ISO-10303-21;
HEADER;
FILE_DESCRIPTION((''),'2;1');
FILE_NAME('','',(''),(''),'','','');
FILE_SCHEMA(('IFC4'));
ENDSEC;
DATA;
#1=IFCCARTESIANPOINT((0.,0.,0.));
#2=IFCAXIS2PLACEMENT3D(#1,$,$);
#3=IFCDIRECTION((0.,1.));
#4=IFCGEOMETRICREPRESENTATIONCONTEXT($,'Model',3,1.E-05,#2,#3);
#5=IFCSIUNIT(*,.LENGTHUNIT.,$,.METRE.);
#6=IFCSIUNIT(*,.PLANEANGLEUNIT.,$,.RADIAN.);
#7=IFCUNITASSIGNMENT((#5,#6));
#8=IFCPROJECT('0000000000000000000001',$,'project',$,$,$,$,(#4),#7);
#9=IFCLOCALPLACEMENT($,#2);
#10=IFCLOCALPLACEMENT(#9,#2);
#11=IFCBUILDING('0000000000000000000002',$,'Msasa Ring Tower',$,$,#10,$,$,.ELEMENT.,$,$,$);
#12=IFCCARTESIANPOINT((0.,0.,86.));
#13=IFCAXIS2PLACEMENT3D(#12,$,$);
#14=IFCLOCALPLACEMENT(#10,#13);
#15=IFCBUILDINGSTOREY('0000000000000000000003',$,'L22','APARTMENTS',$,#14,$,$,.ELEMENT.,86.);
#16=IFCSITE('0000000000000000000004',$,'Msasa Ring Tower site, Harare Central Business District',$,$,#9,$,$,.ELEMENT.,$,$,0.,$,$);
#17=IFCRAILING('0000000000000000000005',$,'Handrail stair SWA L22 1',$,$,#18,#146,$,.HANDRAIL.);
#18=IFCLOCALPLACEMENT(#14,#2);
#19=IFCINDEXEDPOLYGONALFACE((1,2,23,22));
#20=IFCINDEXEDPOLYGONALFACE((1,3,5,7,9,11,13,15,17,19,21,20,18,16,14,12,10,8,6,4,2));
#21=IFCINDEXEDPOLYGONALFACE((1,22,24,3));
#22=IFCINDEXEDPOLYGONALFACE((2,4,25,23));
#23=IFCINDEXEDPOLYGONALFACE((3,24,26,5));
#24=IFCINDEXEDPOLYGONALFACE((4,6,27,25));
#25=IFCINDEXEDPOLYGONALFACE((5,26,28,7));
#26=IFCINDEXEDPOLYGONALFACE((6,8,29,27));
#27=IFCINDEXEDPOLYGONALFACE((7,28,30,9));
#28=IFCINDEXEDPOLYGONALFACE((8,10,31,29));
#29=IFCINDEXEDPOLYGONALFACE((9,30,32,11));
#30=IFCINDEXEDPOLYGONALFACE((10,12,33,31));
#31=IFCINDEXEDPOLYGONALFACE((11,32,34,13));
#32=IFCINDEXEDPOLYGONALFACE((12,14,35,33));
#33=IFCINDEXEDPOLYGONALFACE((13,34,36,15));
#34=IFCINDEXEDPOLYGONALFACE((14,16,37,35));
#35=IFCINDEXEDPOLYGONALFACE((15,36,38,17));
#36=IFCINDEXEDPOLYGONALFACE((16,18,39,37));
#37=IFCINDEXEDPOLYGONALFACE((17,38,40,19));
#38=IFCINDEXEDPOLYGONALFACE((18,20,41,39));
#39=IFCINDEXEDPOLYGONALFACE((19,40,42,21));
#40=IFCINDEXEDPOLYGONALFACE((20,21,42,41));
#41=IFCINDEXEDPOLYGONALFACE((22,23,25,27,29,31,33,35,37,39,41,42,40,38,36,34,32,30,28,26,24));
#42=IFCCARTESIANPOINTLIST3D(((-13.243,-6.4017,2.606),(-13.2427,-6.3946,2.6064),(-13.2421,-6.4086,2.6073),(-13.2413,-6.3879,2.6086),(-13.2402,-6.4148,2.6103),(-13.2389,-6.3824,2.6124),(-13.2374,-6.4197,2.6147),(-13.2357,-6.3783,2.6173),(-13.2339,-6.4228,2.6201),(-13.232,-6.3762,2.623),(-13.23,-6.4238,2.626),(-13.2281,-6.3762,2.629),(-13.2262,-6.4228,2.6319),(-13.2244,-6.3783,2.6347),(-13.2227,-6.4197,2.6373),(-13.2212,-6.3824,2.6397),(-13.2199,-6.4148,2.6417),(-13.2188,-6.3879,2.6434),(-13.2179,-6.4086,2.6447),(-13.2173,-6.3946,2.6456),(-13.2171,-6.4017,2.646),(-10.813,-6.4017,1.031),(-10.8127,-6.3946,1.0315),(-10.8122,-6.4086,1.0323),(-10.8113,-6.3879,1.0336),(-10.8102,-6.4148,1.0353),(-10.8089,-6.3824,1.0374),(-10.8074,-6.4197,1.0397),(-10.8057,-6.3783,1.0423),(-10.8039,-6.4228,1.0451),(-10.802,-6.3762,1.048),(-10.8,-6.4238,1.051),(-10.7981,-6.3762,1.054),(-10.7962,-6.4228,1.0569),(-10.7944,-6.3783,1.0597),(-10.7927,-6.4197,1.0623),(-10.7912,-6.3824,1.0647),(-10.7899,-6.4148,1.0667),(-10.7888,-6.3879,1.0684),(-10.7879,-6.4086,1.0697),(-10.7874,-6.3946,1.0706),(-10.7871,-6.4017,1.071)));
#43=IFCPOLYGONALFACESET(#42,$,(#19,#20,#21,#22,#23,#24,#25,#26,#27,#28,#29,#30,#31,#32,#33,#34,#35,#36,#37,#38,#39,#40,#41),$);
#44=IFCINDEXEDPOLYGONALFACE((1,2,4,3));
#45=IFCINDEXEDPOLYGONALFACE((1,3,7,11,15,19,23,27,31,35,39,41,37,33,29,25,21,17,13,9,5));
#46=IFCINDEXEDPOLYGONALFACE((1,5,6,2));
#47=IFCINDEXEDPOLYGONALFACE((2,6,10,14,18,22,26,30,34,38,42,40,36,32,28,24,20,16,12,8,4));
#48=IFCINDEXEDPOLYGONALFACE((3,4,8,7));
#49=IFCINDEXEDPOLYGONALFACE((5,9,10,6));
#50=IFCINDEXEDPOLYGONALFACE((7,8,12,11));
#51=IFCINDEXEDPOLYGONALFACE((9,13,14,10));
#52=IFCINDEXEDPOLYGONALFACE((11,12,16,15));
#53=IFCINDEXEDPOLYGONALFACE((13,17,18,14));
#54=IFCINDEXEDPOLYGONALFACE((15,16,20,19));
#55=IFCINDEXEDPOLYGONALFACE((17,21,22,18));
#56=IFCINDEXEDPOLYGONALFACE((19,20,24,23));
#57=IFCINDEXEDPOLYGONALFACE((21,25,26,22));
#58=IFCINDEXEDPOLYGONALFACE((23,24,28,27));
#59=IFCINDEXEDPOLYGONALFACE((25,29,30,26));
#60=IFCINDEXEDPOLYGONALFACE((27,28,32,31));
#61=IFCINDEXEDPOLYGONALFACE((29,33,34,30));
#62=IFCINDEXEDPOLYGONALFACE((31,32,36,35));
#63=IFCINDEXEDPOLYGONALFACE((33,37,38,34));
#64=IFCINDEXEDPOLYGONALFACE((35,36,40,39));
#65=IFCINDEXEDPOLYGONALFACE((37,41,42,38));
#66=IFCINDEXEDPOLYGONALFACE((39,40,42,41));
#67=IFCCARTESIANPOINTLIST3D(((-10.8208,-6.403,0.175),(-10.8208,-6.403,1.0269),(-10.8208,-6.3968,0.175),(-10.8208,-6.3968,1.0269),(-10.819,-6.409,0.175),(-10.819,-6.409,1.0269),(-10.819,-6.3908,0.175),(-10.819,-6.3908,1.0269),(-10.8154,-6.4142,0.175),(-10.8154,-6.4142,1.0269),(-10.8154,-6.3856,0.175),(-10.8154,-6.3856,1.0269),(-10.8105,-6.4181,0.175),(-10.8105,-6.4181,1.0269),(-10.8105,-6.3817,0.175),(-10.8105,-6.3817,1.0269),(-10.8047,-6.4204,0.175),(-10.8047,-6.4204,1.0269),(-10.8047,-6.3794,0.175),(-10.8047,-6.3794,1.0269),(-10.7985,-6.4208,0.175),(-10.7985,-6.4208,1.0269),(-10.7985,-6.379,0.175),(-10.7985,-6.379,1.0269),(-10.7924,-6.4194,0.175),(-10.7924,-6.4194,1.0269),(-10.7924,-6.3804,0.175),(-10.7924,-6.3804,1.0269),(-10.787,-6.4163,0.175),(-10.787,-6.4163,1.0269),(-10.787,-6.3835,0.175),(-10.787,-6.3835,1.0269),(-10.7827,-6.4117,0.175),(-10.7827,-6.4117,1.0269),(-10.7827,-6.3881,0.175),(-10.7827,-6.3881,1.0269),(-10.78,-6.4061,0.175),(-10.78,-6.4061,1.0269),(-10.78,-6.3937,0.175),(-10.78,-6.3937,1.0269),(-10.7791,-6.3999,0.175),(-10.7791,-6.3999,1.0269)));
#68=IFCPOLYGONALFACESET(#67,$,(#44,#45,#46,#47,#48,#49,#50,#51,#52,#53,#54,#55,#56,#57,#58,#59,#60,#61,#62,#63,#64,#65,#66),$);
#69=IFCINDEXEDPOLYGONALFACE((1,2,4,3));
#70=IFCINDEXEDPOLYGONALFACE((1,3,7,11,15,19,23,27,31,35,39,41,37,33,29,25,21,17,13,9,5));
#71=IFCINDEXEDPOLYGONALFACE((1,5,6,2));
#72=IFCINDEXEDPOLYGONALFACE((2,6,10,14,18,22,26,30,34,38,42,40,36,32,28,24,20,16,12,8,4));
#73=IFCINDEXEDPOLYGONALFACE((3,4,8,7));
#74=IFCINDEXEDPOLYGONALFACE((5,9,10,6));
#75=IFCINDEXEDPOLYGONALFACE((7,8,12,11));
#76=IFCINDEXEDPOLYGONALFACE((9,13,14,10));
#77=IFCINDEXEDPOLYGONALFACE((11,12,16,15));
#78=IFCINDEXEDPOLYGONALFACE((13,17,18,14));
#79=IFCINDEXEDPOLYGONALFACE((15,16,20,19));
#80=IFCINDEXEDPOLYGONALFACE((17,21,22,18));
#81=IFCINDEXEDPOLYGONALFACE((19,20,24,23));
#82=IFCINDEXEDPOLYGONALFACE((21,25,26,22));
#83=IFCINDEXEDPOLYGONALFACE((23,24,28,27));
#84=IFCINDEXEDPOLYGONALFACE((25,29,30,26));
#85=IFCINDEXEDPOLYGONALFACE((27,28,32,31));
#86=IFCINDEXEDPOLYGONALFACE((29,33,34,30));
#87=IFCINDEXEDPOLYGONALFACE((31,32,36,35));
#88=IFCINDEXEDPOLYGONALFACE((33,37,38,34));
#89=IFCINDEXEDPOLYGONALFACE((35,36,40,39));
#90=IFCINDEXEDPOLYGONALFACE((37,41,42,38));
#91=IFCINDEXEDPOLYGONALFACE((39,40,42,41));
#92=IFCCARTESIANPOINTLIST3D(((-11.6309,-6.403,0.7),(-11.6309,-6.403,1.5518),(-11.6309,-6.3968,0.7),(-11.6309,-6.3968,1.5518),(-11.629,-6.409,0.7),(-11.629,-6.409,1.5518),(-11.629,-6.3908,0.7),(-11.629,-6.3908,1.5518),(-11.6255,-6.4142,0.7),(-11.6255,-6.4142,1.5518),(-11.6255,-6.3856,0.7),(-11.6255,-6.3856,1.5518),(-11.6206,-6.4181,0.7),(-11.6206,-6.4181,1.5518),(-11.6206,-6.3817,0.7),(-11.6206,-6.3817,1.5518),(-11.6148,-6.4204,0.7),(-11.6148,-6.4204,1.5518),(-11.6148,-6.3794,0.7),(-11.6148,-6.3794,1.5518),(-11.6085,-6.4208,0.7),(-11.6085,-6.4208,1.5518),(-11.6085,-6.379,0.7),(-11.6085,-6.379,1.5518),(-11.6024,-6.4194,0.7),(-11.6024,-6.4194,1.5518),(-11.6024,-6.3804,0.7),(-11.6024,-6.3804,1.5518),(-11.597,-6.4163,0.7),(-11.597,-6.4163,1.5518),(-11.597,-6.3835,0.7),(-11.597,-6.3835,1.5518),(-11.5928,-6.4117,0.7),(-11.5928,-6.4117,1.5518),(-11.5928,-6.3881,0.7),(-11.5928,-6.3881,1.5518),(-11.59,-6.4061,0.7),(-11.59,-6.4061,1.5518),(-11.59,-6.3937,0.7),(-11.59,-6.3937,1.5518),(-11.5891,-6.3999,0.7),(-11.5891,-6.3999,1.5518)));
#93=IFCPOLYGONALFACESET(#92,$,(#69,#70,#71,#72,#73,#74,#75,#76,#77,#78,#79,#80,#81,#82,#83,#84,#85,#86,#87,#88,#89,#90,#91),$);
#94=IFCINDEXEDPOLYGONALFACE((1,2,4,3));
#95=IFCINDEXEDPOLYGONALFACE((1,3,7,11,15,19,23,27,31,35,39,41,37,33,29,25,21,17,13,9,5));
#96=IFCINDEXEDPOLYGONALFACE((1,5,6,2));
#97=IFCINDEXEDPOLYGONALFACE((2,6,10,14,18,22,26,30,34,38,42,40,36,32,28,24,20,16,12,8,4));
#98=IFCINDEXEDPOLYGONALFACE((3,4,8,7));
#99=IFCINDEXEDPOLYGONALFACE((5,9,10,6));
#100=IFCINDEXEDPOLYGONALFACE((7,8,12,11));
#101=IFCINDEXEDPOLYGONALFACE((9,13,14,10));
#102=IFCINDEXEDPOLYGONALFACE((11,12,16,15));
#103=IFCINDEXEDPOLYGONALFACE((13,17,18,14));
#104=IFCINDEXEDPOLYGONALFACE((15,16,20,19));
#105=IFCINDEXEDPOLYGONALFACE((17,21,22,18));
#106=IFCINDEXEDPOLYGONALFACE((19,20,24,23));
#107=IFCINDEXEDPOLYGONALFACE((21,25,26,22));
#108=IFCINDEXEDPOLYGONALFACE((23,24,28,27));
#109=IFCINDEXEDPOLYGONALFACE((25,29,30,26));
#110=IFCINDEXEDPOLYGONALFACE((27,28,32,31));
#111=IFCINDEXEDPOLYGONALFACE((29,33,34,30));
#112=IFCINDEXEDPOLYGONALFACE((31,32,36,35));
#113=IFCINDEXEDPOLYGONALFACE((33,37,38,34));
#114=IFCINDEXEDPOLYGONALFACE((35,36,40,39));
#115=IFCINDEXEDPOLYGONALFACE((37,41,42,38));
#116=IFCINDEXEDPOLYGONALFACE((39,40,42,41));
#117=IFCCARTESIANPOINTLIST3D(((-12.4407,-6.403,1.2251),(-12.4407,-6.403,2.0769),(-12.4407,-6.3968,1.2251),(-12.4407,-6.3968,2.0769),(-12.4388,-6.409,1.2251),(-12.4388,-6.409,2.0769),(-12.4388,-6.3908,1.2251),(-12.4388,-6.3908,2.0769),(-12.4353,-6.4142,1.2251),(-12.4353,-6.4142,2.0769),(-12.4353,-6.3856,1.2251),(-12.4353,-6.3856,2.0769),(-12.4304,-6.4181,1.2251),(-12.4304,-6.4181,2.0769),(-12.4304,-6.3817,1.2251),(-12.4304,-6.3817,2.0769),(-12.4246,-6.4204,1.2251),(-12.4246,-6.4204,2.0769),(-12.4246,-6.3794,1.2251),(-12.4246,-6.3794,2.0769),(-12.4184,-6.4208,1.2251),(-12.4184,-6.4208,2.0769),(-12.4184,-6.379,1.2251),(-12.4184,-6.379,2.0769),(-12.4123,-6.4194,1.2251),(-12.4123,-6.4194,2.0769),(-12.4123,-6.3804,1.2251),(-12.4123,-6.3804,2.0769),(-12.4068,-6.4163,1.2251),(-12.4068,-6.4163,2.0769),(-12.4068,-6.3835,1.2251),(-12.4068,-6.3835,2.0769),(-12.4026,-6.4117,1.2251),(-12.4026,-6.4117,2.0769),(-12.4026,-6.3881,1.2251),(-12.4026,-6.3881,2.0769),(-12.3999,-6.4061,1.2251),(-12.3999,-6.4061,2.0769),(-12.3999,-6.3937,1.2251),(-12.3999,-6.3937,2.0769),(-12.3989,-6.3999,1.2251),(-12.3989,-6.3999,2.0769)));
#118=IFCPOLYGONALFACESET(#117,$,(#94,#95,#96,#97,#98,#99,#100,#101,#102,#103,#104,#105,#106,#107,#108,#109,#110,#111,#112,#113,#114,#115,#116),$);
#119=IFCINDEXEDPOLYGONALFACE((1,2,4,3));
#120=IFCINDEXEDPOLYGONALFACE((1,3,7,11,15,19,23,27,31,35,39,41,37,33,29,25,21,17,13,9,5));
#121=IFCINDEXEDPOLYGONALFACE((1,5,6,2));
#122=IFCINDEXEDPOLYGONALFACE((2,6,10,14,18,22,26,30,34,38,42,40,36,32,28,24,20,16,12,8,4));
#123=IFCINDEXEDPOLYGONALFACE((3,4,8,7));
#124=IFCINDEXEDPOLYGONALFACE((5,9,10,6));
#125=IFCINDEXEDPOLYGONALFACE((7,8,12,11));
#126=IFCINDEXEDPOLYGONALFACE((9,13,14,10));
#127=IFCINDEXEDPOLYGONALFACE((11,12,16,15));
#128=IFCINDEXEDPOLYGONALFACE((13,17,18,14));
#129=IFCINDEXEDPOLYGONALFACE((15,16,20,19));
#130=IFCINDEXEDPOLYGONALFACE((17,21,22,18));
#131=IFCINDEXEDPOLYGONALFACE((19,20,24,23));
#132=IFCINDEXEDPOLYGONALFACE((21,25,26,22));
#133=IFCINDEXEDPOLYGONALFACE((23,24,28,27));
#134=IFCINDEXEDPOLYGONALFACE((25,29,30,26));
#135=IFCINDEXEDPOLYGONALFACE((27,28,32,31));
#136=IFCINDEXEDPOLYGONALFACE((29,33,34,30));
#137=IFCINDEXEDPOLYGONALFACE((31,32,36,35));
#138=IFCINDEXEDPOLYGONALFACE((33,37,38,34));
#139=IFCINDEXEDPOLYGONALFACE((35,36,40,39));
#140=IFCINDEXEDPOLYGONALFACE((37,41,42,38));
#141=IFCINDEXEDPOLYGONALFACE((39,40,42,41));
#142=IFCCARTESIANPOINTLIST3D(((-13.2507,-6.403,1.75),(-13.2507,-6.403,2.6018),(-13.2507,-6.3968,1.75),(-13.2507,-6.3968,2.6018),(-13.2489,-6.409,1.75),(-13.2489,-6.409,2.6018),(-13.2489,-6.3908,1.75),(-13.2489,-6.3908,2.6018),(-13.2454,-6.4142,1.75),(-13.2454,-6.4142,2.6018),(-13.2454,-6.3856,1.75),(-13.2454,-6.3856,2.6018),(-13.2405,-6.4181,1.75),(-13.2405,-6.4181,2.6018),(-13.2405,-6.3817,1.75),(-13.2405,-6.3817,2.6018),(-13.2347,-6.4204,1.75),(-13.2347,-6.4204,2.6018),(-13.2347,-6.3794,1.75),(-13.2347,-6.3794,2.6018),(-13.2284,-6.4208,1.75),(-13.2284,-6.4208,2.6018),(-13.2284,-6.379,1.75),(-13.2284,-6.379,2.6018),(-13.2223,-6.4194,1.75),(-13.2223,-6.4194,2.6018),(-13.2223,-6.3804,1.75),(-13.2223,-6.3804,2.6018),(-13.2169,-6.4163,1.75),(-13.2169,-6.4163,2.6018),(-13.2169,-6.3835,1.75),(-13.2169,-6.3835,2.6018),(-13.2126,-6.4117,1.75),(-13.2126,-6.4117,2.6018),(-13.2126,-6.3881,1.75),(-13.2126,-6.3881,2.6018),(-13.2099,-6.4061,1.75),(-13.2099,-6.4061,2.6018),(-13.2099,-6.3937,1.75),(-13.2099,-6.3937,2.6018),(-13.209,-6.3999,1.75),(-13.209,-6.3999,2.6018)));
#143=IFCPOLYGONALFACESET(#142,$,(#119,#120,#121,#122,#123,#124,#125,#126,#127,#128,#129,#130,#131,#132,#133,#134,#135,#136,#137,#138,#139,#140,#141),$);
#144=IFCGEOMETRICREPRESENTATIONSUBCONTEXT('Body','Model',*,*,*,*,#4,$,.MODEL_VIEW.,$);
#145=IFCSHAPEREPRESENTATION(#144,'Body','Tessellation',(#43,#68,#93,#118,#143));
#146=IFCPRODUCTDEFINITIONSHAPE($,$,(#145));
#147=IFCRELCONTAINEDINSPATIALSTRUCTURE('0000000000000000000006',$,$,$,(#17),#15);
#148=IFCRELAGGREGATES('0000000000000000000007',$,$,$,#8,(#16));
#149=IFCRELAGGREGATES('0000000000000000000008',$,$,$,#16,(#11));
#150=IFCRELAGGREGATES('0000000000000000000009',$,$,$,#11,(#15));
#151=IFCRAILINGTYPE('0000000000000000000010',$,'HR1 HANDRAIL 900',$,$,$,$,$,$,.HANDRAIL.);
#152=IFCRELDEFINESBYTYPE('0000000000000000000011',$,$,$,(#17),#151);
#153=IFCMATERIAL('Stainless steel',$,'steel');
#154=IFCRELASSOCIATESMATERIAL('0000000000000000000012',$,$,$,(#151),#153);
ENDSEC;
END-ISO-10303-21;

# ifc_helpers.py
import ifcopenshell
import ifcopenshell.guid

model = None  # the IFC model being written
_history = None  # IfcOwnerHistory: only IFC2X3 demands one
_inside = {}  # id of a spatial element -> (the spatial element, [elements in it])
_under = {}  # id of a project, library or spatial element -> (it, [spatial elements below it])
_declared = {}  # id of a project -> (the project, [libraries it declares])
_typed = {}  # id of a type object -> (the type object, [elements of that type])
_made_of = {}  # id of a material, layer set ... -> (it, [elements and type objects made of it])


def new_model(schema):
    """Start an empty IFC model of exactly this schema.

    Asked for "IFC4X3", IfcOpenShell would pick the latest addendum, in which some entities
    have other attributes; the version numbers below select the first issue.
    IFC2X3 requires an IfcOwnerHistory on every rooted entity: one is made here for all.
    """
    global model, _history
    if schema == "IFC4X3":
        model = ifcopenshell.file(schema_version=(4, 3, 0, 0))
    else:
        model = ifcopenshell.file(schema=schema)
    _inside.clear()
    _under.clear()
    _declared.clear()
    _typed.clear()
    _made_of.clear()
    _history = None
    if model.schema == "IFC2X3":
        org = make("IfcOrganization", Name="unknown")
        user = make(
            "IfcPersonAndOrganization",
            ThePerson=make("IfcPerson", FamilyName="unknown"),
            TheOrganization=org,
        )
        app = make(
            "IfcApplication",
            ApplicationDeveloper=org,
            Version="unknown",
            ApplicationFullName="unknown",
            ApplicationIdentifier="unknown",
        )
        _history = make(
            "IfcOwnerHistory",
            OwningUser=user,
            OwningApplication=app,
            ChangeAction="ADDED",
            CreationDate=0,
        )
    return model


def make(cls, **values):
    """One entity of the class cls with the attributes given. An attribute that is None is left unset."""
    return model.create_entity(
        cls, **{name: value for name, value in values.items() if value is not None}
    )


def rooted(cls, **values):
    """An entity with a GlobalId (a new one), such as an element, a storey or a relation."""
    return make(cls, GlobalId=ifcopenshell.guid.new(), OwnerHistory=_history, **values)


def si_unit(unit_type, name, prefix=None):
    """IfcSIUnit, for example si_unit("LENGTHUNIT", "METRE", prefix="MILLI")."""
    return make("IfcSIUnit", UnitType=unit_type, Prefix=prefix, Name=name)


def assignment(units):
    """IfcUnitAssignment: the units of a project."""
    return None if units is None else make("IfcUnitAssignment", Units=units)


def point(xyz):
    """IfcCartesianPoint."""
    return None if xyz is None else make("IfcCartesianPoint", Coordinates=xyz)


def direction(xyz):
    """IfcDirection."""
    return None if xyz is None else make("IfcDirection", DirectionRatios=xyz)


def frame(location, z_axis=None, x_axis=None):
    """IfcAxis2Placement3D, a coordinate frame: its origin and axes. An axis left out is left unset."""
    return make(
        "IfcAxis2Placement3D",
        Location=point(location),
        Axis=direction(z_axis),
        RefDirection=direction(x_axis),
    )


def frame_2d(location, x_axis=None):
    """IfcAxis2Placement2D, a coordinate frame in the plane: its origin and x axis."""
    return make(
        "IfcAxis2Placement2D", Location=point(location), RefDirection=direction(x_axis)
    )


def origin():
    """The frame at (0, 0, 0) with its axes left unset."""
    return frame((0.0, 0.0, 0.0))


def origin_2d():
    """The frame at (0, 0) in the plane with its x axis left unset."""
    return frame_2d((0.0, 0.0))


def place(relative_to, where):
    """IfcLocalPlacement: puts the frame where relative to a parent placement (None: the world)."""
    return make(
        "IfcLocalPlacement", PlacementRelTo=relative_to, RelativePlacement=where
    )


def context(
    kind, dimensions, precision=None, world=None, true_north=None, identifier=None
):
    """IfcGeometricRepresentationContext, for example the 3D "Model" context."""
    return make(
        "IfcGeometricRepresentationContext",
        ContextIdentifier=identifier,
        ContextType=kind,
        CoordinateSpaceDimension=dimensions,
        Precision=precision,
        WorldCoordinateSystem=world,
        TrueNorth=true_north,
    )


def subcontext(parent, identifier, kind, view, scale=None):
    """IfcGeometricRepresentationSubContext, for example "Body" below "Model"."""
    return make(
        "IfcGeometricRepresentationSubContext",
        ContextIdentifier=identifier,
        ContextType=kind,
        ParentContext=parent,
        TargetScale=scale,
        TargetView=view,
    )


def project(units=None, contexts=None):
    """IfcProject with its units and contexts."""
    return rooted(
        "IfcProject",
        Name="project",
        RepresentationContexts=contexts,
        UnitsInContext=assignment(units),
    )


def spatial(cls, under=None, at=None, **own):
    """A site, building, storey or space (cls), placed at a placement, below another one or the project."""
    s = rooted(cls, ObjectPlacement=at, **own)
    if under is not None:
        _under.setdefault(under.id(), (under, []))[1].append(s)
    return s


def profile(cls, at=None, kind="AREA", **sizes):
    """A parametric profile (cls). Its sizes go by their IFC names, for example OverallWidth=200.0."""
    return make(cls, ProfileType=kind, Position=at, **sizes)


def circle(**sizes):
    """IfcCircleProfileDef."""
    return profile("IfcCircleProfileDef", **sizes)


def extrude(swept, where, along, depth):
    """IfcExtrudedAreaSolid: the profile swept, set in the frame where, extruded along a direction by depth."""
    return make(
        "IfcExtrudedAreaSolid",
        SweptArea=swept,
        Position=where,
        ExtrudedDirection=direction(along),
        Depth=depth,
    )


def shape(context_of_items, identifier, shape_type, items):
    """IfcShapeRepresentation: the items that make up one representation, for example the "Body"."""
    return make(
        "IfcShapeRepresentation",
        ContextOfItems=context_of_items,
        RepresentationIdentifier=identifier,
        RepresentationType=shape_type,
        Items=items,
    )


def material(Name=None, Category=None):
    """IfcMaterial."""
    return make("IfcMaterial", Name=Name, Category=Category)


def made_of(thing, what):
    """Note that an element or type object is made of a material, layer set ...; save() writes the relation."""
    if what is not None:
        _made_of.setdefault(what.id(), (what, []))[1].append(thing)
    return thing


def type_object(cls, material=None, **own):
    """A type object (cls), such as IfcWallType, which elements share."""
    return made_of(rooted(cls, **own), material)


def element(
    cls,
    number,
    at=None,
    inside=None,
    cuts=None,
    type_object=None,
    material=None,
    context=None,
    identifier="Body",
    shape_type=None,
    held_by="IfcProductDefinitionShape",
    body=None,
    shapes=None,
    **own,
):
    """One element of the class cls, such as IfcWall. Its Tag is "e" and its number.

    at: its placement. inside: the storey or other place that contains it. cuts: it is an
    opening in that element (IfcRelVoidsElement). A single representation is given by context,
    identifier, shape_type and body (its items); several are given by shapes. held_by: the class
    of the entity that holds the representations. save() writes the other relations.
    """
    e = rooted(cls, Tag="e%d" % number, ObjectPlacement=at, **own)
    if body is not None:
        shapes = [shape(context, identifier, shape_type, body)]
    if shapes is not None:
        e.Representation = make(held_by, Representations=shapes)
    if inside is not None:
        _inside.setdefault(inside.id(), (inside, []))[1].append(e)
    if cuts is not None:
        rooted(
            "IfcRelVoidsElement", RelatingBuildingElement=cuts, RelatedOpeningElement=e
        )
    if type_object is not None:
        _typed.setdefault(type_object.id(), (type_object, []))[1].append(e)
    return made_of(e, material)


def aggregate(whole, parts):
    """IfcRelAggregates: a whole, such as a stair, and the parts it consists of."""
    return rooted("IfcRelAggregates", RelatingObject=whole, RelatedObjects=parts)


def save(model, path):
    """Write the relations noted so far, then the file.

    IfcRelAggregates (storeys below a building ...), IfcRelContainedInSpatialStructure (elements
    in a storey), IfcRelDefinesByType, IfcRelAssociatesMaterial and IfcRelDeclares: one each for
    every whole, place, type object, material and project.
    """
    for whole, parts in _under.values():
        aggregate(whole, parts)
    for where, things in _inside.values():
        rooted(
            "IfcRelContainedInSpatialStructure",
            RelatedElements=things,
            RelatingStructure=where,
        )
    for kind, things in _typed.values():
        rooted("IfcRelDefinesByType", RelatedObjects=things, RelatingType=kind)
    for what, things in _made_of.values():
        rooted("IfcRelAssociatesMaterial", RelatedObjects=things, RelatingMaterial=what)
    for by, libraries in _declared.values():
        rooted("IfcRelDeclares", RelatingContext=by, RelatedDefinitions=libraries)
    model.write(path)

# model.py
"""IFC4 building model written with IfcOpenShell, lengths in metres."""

from ifc_helpers import new_model, si_unit, direction, frame, origin, origin_2d, place, context, subcontext, project, spatial, circle, extrude, material, type_object, element, save


model = new_model("IFC4")

# Units and contexts
model_context = context("Model", 3, precision=1e-05, world=origin(), true_north=direction((0.0, 1.0)))
body_context = subcontext(model_context, "Body", "Model", "MODEL_VIEW")
ifc_project = project(units=[si_unit("LENGTHUNIT", "METRE"), si_unit("PLANEANGLEUNIT", "RADIAN")], contexts=[model_context])

# Site, building, storey
site_placement = place(None, origin())
site = spatial("IfcSite", under=ifc_project, at=site_placement, Name="Msasa Ring Tower site, Harare Central Business District", CompositionType="ELEMENT", RefElevation=0.0)
building_placement = place(site_placement, origin())
building = spatial("IfcBuilding", under=site, at=building_placement, Name="Msasa Ring Tower", CompositionType="ELEMENT")
storey_placement = place(building_placement, frame((0.0, 0.0, 86.0)))
storey = spatial("IfcBuildingStorey", under=building, at=storey_placement, Name="L22", Description="APARTMENTS", CompositionType="ELEMENT", Elevation=86.0)

# Railing
ifc_material_1 = material(Name="Stainless steel", Category="steel")
railing_type = type_object("IfcRailingType", Name="HR1 HANDRAIL 900", PredefinedType="HANDRAIL", material=ifc_material_1)
for number, where, name in (
    (1, (-10.8, -6.3999, 0.175), "Handrail stair SWA L22 1"),
):
    element("IfcRailing", number, at=place(storey_placement, frame(where)), inside=storey, type_object=railing_type, Name=name, PredefinedType="HANDRAIL", context=body_context, shape_type="SweptSolid", body=[
        extrude(circle(Radius=0.0239, at=origin_2d()), frame((0.0, 0.0, 0.876), z_axis=(-0.839154, 0.0, 0.543894), x_axis=(0.0, -1.0, 0.0)), (0.0, 0.0, 1.0), 2.8958),
        extrude(circle(Radius=0.021, at=origin_2d()), origin(), (0.0, 0.0, 1.0), 0.8518),
        extrude(circle(Radius=0.021, at=origin_2d()), frame((-0.8101, 0.0, 0.5249)), (0.0, 0.0, 1.0), 0.8518),
        extrude(circle(Radius=0.021, at=origin_2d()), frame((-1.6199, 0.0, 1.05)), (0.0, 0.0, 1.0), 0.8518),
        extrude(circle(Radius=0.021, at=origin_2d()), frame((-2.4299, 0.0, 1.575)), (0.0, 0.0, 1.0), 0.8518),
    ])

save(model, "model.ifc")
